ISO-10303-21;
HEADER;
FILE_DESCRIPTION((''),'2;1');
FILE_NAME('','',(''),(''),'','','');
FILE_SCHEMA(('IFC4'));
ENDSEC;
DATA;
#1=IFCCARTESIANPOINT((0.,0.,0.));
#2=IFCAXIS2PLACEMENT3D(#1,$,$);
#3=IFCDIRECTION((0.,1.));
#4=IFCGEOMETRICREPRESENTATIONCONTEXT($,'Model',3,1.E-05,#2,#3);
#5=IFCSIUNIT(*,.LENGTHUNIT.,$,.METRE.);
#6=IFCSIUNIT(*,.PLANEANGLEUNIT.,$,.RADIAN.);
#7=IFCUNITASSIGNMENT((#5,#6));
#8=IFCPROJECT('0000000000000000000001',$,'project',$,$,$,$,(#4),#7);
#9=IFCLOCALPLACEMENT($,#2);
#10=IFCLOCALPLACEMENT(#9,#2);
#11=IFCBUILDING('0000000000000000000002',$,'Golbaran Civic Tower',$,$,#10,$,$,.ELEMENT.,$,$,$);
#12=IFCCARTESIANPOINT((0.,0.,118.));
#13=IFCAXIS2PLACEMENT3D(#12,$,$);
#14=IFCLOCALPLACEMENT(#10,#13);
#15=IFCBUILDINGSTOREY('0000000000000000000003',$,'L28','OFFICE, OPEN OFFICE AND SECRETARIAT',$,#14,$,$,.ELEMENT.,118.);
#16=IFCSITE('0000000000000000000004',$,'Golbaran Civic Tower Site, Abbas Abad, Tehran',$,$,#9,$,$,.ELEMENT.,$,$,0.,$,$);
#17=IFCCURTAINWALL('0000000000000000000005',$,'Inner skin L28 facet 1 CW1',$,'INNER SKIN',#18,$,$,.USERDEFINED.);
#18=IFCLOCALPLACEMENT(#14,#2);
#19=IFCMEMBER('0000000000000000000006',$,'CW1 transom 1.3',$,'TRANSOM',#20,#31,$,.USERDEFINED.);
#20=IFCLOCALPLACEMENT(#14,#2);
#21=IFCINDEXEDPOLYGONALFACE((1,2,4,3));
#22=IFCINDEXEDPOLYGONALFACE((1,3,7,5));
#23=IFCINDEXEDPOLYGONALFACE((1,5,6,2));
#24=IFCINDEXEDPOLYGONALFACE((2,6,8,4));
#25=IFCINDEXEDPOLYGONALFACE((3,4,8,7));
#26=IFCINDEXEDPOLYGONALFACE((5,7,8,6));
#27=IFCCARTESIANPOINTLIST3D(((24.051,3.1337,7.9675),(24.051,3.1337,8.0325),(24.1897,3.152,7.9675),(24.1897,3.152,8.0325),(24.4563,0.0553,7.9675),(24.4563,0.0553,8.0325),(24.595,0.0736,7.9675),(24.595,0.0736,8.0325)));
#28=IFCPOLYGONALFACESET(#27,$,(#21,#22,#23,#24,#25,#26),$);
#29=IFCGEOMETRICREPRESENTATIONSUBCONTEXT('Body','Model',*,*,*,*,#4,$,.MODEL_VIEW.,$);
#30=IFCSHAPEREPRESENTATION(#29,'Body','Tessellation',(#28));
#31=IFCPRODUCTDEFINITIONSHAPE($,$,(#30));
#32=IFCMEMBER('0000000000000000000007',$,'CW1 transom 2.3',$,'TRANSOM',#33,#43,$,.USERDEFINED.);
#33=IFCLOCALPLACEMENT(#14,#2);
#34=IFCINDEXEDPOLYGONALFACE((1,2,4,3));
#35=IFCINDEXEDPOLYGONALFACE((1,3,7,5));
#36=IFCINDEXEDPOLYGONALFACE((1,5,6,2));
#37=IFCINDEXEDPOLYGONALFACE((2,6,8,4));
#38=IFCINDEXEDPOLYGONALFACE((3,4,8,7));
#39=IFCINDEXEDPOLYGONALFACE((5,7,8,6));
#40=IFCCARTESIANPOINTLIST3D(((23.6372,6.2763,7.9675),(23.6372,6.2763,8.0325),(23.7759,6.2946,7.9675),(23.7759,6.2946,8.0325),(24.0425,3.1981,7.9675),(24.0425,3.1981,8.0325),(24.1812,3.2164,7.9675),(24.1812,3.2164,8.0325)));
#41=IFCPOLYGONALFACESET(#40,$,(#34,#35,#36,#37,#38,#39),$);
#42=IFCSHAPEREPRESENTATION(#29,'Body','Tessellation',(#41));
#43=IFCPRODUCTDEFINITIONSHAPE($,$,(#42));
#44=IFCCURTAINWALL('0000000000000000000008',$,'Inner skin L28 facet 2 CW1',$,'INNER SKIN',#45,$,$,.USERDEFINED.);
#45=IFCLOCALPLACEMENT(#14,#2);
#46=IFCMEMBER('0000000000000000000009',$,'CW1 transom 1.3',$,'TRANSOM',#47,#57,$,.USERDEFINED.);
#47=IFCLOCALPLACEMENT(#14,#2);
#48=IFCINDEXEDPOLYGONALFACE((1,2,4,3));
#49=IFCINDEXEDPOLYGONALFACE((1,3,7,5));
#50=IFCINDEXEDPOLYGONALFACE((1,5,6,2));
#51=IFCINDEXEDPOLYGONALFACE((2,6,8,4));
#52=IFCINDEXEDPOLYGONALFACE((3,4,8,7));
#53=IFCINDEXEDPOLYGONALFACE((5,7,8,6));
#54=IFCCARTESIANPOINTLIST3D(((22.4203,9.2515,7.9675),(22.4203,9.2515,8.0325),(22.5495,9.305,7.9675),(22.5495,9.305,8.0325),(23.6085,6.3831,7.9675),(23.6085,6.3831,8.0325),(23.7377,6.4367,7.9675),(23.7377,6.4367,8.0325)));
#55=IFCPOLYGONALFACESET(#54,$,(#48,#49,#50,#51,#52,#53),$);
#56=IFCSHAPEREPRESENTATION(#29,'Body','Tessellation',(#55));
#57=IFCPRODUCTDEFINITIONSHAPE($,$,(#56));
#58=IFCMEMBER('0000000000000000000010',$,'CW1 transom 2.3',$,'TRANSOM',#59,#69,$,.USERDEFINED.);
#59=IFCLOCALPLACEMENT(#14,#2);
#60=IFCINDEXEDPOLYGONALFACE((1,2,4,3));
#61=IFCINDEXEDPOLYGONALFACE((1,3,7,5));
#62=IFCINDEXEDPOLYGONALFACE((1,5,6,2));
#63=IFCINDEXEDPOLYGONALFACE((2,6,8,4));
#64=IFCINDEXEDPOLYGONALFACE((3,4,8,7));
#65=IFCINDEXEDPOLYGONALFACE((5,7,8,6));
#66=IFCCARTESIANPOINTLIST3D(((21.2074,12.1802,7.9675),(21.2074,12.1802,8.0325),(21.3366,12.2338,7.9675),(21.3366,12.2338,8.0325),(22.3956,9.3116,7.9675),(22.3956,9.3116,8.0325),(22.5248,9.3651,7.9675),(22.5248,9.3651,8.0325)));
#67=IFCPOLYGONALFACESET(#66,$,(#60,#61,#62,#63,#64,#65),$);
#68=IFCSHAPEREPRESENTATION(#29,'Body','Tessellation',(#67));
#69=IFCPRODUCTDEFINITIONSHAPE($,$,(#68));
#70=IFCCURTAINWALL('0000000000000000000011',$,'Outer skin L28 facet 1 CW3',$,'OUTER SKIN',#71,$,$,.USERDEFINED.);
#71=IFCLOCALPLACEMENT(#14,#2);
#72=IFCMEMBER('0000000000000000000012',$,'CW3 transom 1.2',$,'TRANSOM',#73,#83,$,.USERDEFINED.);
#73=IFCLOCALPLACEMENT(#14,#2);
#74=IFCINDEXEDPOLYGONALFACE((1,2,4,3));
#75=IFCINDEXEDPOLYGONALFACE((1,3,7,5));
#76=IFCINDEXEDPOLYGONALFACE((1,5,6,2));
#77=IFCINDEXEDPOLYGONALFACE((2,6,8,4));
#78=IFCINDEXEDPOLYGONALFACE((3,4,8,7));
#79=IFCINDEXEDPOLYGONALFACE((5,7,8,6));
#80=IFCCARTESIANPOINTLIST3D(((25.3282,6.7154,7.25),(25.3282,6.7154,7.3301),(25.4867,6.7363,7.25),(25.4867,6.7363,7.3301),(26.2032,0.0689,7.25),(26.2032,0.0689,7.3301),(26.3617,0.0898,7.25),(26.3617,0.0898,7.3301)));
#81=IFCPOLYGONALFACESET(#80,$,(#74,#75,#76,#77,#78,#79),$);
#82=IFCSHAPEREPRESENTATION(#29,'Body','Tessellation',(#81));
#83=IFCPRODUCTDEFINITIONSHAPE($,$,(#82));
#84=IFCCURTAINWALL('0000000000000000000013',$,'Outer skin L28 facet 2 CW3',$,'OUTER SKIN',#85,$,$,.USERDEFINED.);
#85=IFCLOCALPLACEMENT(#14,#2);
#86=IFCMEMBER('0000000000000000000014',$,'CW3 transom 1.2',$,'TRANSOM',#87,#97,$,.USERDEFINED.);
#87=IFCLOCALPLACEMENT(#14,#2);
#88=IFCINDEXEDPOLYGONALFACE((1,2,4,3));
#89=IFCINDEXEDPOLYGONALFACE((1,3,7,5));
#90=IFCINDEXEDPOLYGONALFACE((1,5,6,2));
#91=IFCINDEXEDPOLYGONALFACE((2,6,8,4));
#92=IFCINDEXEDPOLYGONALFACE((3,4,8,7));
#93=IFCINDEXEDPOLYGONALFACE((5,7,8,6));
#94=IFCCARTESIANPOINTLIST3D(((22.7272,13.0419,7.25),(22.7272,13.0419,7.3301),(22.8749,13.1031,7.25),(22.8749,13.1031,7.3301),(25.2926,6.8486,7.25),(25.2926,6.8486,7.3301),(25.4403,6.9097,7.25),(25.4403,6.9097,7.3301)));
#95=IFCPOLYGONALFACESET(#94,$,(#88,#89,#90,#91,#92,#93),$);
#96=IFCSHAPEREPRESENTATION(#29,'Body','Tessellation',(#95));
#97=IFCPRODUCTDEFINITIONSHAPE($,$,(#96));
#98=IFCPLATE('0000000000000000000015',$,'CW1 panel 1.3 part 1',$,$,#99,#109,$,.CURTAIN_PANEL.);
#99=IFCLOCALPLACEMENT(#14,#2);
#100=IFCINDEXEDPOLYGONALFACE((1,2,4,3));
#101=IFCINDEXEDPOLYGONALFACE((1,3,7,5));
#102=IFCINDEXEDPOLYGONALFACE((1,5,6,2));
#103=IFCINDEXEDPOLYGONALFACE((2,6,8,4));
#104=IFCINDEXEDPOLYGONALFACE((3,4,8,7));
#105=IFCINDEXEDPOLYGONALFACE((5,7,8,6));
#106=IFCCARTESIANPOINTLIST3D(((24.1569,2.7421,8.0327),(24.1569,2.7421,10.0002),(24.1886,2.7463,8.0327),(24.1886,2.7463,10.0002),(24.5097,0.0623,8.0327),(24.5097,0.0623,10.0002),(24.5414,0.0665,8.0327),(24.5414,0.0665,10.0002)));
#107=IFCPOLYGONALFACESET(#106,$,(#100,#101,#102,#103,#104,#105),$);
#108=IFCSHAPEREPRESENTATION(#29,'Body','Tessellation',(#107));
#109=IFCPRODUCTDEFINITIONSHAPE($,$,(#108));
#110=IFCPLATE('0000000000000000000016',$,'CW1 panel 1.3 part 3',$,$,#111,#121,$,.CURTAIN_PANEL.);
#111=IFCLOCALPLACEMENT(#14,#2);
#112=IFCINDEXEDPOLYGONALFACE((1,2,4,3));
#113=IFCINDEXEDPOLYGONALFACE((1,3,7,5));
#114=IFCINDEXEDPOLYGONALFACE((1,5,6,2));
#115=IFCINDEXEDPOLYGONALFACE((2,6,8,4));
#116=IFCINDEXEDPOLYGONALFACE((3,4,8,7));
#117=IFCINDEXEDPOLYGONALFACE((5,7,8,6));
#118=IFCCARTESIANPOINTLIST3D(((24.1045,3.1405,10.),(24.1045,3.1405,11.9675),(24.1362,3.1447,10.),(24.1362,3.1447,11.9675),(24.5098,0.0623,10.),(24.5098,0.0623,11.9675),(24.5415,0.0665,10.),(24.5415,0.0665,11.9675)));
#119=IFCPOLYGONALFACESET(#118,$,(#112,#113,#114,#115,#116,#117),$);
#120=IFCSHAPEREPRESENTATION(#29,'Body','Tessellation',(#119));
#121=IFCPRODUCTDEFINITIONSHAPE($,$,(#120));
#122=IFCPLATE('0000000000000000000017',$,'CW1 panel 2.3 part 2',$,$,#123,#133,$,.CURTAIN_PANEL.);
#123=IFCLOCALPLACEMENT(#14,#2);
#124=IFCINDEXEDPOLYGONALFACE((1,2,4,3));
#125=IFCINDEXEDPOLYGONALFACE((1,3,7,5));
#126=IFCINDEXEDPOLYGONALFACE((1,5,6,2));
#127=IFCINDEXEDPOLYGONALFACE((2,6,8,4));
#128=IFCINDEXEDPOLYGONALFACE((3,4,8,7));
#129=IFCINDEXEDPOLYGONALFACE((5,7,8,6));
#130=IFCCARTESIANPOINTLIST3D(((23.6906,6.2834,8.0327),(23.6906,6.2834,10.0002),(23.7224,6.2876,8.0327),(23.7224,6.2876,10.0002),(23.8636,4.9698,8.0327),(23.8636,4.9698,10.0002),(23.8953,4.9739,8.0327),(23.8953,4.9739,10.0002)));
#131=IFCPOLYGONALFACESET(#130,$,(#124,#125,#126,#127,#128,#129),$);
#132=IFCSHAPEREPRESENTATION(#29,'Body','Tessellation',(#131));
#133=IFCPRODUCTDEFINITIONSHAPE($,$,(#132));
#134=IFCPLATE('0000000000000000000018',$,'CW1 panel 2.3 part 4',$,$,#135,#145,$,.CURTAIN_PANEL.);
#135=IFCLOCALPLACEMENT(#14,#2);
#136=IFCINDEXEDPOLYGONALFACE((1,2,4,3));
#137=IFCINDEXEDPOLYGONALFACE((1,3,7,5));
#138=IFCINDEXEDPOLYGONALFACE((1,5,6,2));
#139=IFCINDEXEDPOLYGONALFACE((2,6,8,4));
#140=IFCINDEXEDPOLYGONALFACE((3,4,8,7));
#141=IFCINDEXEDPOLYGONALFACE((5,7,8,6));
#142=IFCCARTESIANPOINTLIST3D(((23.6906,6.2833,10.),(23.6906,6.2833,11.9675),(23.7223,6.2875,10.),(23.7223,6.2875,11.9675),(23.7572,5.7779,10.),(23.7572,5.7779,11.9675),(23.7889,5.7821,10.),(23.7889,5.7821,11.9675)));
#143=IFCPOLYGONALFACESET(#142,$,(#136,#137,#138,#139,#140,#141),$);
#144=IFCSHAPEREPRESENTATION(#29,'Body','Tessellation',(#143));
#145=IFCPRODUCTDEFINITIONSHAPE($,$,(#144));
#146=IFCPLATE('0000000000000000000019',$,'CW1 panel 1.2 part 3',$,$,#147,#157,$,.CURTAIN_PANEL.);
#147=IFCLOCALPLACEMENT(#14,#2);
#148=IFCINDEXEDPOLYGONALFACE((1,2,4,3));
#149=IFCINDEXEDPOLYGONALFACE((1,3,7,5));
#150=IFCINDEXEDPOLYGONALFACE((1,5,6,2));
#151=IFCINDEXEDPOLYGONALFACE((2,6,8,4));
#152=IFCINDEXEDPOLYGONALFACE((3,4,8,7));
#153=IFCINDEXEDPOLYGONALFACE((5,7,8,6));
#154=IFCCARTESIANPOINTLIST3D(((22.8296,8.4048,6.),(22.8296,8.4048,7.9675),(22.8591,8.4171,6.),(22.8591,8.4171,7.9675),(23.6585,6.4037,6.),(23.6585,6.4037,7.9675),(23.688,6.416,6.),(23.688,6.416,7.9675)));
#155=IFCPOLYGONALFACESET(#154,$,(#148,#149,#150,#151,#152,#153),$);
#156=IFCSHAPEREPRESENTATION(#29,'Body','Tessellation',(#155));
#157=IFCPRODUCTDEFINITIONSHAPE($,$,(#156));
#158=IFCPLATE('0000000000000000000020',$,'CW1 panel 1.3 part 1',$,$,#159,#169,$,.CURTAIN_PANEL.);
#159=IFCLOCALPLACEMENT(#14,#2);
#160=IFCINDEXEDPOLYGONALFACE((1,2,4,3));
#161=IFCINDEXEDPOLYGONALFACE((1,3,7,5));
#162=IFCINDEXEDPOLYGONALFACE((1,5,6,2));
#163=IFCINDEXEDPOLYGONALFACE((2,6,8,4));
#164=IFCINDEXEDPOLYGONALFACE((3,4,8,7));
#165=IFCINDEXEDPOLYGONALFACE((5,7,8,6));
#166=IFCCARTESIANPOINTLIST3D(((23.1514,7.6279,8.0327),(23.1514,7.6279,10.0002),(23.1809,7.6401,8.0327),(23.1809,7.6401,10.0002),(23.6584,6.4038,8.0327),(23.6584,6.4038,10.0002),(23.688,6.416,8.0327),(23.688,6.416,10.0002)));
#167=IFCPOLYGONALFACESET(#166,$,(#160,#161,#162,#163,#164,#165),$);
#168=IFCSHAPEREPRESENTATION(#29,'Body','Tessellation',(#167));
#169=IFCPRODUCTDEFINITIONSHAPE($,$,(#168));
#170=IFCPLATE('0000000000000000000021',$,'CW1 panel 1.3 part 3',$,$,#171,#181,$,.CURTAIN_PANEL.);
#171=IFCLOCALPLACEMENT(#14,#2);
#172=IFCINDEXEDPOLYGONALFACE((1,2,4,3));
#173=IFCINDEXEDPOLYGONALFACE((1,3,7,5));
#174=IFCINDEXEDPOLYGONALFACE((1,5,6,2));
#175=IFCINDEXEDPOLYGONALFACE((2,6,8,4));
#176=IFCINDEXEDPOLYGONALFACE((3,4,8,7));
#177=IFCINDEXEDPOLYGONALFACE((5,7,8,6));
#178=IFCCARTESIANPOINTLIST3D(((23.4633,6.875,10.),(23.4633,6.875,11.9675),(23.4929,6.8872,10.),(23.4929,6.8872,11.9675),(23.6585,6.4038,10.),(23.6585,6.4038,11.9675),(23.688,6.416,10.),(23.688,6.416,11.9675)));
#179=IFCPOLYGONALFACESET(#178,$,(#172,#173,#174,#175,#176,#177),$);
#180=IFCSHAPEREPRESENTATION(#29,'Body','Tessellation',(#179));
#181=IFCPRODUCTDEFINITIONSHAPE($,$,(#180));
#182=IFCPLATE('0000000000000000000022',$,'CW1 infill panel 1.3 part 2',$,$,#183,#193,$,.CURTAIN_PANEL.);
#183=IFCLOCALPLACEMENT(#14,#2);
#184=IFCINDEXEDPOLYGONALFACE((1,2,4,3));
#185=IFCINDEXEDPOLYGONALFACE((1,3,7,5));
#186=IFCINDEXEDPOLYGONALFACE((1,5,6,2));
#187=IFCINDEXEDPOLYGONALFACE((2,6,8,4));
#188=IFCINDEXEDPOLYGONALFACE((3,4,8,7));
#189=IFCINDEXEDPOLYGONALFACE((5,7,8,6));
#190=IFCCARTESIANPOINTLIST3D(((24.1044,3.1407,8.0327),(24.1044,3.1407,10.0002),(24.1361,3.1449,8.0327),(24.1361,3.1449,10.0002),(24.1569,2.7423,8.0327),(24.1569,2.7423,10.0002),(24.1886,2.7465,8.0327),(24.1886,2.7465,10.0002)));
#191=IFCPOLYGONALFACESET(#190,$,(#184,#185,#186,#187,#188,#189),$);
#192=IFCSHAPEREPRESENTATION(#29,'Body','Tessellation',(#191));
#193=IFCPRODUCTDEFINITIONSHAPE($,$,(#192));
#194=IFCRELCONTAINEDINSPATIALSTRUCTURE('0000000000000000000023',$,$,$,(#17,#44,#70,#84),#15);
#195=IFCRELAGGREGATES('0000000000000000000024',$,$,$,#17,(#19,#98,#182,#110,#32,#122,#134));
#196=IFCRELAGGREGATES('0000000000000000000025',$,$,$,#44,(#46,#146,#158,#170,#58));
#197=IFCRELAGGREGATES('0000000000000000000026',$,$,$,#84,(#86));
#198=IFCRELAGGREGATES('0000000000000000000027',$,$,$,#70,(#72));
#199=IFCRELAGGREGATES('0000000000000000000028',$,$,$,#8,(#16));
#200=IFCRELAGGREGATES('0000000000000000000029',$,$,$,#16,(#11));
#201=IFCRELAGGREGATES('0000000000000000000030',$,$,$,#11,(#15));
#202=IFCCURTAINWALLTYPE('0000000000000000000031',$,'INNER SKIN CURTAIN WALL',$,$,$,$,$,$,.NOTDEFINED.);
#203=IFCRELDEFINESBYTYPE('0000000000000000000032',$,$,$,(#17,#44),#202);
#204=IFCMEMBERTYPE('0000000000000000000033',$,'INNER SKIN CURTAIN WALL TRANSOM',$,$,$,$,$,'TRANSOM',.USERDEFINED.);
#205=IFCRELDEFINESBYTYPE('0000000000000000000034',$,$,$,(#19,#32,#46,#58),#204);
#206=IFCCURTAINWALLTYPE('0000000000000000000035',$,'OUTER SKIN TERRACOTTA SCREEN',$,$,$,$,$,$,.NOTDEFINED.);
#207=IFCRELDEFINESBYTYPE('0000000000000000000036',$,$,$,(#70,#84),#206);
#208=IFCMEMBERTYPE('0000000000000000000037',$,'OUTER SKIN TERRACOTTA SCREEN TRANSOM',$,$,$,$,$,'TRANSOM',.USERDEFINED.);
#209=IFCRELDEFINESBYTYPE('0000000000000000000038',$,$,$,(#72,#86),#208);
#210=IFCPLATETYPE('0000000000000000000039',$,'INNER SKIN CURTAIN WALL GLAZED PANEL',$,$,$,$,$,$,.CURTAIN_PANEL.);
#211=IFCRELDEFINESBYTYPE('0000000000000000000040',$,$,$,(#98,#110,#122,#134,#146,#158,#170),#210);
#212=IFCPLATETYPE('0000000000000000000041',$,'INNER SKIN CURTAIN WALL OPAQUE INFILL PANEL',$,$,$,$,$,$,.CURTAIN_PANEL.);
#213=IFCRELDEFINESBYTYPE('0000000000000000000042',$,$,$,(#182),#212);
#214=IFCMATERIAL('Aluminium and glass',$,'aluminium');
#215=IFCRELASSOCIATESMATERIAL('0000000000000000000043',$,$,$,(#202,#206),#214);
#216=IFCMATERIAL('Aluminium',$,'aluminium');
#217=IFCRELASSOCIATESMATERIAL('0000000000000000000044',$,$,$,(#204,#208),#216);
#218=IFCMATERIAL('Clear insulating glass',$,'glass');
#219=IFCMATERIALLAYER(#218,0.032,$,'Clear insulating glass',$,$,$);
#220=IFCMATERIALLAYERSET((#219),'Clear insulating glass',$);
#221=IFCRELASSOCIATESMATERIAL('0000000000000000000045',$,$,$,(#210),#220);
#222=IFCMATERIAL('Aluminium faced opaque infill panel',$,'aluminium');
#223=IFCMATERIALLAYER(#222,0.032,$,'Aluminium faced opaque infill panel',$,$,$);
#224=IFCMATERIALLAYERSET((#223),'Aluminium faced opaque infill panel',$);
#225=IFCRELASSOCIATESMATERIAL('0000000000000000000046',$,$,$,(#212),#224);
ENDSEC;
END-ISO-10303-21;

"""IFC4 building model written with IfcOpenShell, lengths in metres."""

from ifc_helpers import new_model, si_unit, direction, frame, origin, origin_2d, place, context, subcontext, project, spatial, rectangle, extrude, material, layer, layer_set, material_profile, profile_set, type_object, element, aggregate, save


model = new_model("IFC4")

# Units and contexts
model_context = context("Model", 3, precision=1e-05, world=origin(), true_north=direction((0.0, 1.0)))
body_context = subcontext(model_context, "Body", "Model", "MODEL_VIEW")
ifc_project = project(units=[si_unit("LENGTHUNIT", "METRE"), si_unit("PLANEANGLEUNIT", "RADIAN")], contexts=[model_context])

# Site, building, storey
site_placement = place(None, origin())
site = spatial("IfcSite", under=ifc_project, at=site_placement, Name="Golbaran Civic Tower Site, Abbas Abad, Tehran", CompositionType="ELEMENT", RefElevation=0.0)
building_placement = place(site_placement, origin())
building = spatial("IfcBuilding", under=site, at=building_placement, Name="Golbaran Civic Tower", CompositionType="ELEMENT")
storey_placement = place(building_placement, frame((0.0, 0.0, 118.0)))
storey = spatial("IfcBuildingStorey", under=building, at=storey_placement, Name="L28", Description="OFFICE, OPEN OFFICE AND SECRETARIAT", CompositionType="ELEMENT", Elevation=118.0)

# Curtain walls, members
ifc_material_1 = material(Name="Aluminium and glass", Category="aluminium")
curtain_wall_type_1 = type_object("IfcCurtainWallType", Name="INNER SKIN CURTAIN WALL", PredefinedType="NOTDEFINED", material=ifc_material_1)
curtain_wall_1_placement = place(storey_placement, origin())
curtain_wall_1 = element("IfcCurtainWall", 1, at=curtain_wall_1_placement, inside=storey, type_object=curtain_wall_type_1, Name="Inner skin L28 facet 1 CW1", ObjectType="INNER SKIN", PredefinedType="USERDEFINED")
ifc_material_2 = material(Name="Aluminium", Category="aluminium")
ifc_material_profile_1 = material_profile(ifc_material_2, rectangle(XDim=0.1399, YDim=0.0649, at=origin_2d()), Name="INNER SKIN CURTAIN WALL TRANSOM")
ifc_profile_set_1 = profile_set([ifc_material_profile_1], Name="Aluminium")
member_type_1 = type_object("IfcMemberType", Name="INNER SKIN CURTAIN WALL TRANSOM", ElementType="TRANSOM", PredefinedType="USERDEFINED", material=ifc_profile_set_1)
member_1_placement = place(storey_placement, frame((24.5256, 0.0645, 8.0), z_axis=(-0.130526, 0.991445, 0.0), x_axis=(-0.991445, -0.130526, 0.0)))
member_1 = element("IfcMember", 2, at=member_1_placement, type_object=member_type_1, Name="CW1 transom 1.3", ObjectType="TRANSOM", PredefinedType="USERDEFINED", context=body_context, shape_type="SweptSolid", body=[
    extrude(rectangle(XDim=0.1399, YDim=0.0649, at=origin_2d()), origin(), (0.0, 0.0, 1.0), 3.105),
])
member_2_placement = place(storey_placement, frame((24.1118, 3.2073, 8.0), z_axis=(-0.130536, 0.991444, 0.0), x_axis=(-0.991444, -0.130536, 0.0)))
member_2 = element("IfcMember", 3, at=member_2_placement, type_object=member_type_1, Name="CW1 transom 2.3", ObjectType="TRANSOM", PredefinedType="USERDEFINED", context=body_context, shape_type="SweptSolid", body=[
    extrude(rectangle(XDim=0.1399, YDim=0.0649, at=origin_2d()), origin(), (0.0, 0.0, 1.0), 3.1047),
])
curtain_wall_2_placement = place(storey_placement, origin())
curtain_wall_2 = element("IfcCurtainWall", 4, at=curtain_wall_2_placement, inside=storey, type_object=curtain_wall_type_1, Name="Inner skin L28 facet 2 CW1", ObjectType="INNER SKIN", PredefinedType="USERDEFINED")
member_3_placement = place(storey_placement, frame((23.6731, 6.4099, 8.0), z_axis=(-0.382711, 0.923868, 0.0), x_axis=(-0.923868, -0.382711, 0.0)))
member_3 = element("IfcMember", 5, at=member_3_placement, type_object=member_type_1, Name="CW1 transom 1.3", ObjectType="TRANSOM", PredefinedType="USERDEFINED", context=body_context, shape_type="SweptSolid", body=[
    extrude(rectangle(XDim=0.1399, YDim=0.0649, at=origin_2d()), origin(), (0.0, 0.0, 1.0), 3.1047),
])
member_4_placement = place(storey_placement, frame((22.4602, 9.3384, 8.0), z_axis=(-0.382683, 0.92388, 0.0), x_axis=(-0.92388, -0.382683, 0.0)))
member_4 = element("IfcMember", 6, at=member_4_placement, type_object=member_type_1, Name="CW1 transom 2.3", ObjectType="TRANSOM", PredefinedType="USERDEFINED", context=body_context, shape_type="SweptSolid", body=[
    extrude(rectangle(XDim=0.1399, YDim=0.0649, at=origin_2d()), origin(), (0.0, 0.0, 1.0), 3.105),
])

# Curtain walls, members
curtain_wall_type_2 = type_object("IfcCurtainWallType", Name="OUTER SKIN TERRACOTTA SCREEN", PredefinedType="NOTDEFINED", material=ifc_material_1)
curtain_wall_3_placement = place(storey_placement, origin())
curtain_wall_3 = element("IfcCurtainWall", 7, at=curtain_wall_3_placement, inside=storey, type_object=curtain_wall_type_2, Name="Outer skin L28 facet 1 CW3", ObjectType="OUTER SKIN", PredefinedType="USERDEFINED")
ifc_material_profile_2 = material_profile(ifc_material_2, rectangle(XDim=0.1599, YDim=0.0801, at=origin_2d()), Name="OUTER SKIN TERRACOTTA SCREEN TRANSOM")
ifc_profile_set_2 = profile_set([ifc_material_profile_2], Name="Aluminium")
member_type_2 = type_object("IfcMemberType", Name="OUTER SKIN TERRACOTTA SCREEN TRANSOM", ElementType="TRANSOM", PredefinedType="USERDEFINED", material=ifc_profile_set_2)
member_5_placement = place(storey_placement, frame((26.2825, 0.0793, 7.29), z_axis=(-0.130522, 0.991445, 0.0), x_axis=(-0.991445, -0.130522, 0.0)))
member_5 = element("IfcMember", 8, at=member_5_placement, type_object=member_type_2, Name="CW3 transom 1.2", ObjectType="TRANSOM", PredefinedType="USERDEFINED", context=body_context, shape_type="SweptSolid", body=[
    extrude(rectangle(XDim=0.1599, YDim=0.0801, at=origin_2d()), origin(), (0.0, 0.0, 1.0), 6.7039),
])
curtain_wall_4_placement = place(storey_placement, origin())
curtain_wall_4 = element("IfcCurtainWall", 9, at=curtain_wall_4_placement, inside=storey, type_object=curtain_wall_type_2, Name="Outer skin L28 facet 2 CW3", ObjectType="OUTER SKIN", PredefinedType="USERDEFINED")
member_6_placement = place(storey_placement, frame((25.3665, 6.8792, 7.29), z_axis=(-0.382691, 0.923877, 0.0), x_axis=(-0.923877, -0.382691, 0.0)))
member_6 = element("IfcMember", 10, at=member_6_placement, type_object=member_type_2, Name="CW3 transom 1.2", ObjectType="TRANSOM", PredefinedType="USERDEFINED", context=body_context, shape_type="SweptSolid", body=[
    extrude(rectangle(XDim=0.1599, YDim=0.0801, at=origin_2d()), origin(), (0.0, 0.0, 1.0), 6.7036),
])

# Plates
ifc_material_3 = material(Name="Clear insulating glass", Category="glass")
ifc_layer_1 = layer(ifc_material_3, 0.032, Name="Clear insulating glass")
ifc_layer_set_1 = layer_set([ifc_layer_1], Name="Clear insulating glass")
plate_type_1 = type_object("IfcPlateType", Name="INNER SKIN CURTAIN WALL GLAZED PANEL", PredefinedType="CURTAIN_PANEL", material=ifc_layer_set_1)
plate_1_placement = place(storey_placement, frame((24.3491, 1.4043, 8.0327), z_axis=(0.0, 0.0, 1.0), x_axis=(-0.130526, 0.991445, 0.0)))
plate_1 = element("IfcPlate", 11, at=plate_1_placement, type_object=plate_type_1, Name="CW1 panel 1.3 part 1", PredefinedType="CURTAIN_PANEL", context=body_context, shape_type="SweptSolid", body=[
    extrude(rectangle(XDim=2.7029, YDim=0.032, at=origin_2d()), origin(), (0.0, 0.0, 1.0), 1.9675),
])
plate_2_placement = place(storey_placement, frame((24.323, 1.6035, 10.0), z_axis=(0.0, 0.0, 1.0), x_axis=(-0.130526, 0.991445, 0.0)))
plate_2 = element("IfcPlate", 12, at=plate_2_placement, type_object=plate_type_1, Name="CW1 panel 1.3 part 3", PredefinedType="CURTAIN_PANEL", context=body_context, shape_type="SweptSolid", body=[
    extrude(rectangle(XDim=3.1047, YDim=0.032, at=origin_2d()), origin(), (0.0, 0.0, 1.0), 1.9675),
])
plate_3_placement = place(storey_placement, frame((23.793, 5.6287, 8.0327), z_axis=(0.0, 0.0, 1.0), x_axis=(-0.130526, 0.991445, 0.0)))
plate_3 = element("IfcPlate", 13, at=plate_3_placement, type_object=plate_type_1, Name="CW1 panel 2.3 part 2", PredefinedType="CURTAIN_PANEL", context=body_context, shape_type="SweptSolid", body=[
    extrude(rectangle(XDim=1.325, YDim=0.032, at=origin_2d()), origin(), (0.0, 0.0, 1.0), 1.9675),
])
plate_4_placement = place(storey_placement, frame((23.7397, 6.0327, 10.0), z_axis=(0.0, 0.0, 1.0), x_axis=(-0.130526, 0.991445, 0.0)))
plate_4 = element("IfcPlate", 14, at=plate_4_placement, type_object=plate_type_1, Name="CW1 panel 2.3 part 4", PredefinedType="CURTAIN_PANEL", context=body_context, shape_type="SweptSolid", body=[
    extrude(rectangle(XDim=0.5098, YDim=0.032, at=origin_2d()), origin(), (0.0, 0.0, 1.0), 1.9675),
])
plate_5_placement = place(storey_placement, frame((23.2588, 7.4104, 6.0), z_axis=(0.0, 0.0, 1.0), x_axis=(-0.382683, 0.92388, 0.0)))
plate_5 = element("IfcPlate", 15, at=plate_5_placement, type_object=plate_type_1, Name="CW1 panel 1.2 part 3", PredefinedType="CURTAIN_PANEL", context=body_context, shape_type="SweptSolid", body=[
    extrude(rectangle(XDim=2.166, YDim=0.032, at=origin_2d()), origin(), (0.0, 0.0, 1.0), 1.9675),
])
plate_6_placement = place(storey_placement, frame((23.4197, 7.022, 8.0327), z_axis=(0.0, 0.0, 1.0), x_axis=(-0.382683, 0.92388, 0.0)))
plate_6 = element("IfcPlate", 16, at=plate_6_placement, type_object=plate_type_1, Name="CW1 panel 1.3 part 1", PredefinedType="CURTAIN_PANEL", context=body_context, shape_type="SweptSolid", body=[
    extrude(rectangle(XDim=1.325, YDim=0.032, at=origin_2d()), origin(), (0.0, 0.0, 1.0), 1.9675),
])
plate_7_placement = place(storey_placement, frame((23.5757, 6.6455, 10.0), z_axis=(0.0, 0.0, 1.0), x_axis=(-0.382683, 0.92388, 0.0)))
plate_7 = element("IfcPlate", 17, at=plate_7_placement, type_object=plate_type_1, Name="CW1 panel 1.3 part 3", PredefinedType="CURTAIN_PANEL", context=body_context, shape_type="SweptSolid", body=[
    extrude(rectangle(XDim=0.51, YDim=0.032, at=origin_2d()), origin(), (0.0, 0.0, 1.0), 1.9675),
])
ifc_material_4 = material(Name="Aluminium faced opaque infill panel", Category="aluminium")
ifc_layer_2 = layer(ifc_material_4, 0.032, Name="Aluminium faced opaque infill panel")
ifc_layer_set_2 = layer_set([ifc_layer_2], Name="Aluminium faced opaque infill panel")
plate_type_2 = type_object("IfcPlateType", Name="INNER SKIN CURTAIN WALL OPAQUE INFILL PANEL", PredefinedType="CURTAIN_PANEL", material=ifc_layer_set_2)
plate_8_placement = place(storey_placement, frame((24.1465, 2.9436, 8.0327), z_axis=(0.0, 0.0, 1.0), x_axis=(-0.130526, 0.991445, 0.0)))
plate_8 = element("IfcPlate", 18, at=plate_8_placement, type_object=plate_type_2, Name="CW1 infill panel 1.3 part 2", PredefinedType="CURTAIN_PANEL", context=body_context, shape_type="SweptSolid", body=[
    extrude(rectangle(XDim=0.4019, YDim=0.032, at=origin_2d()), origin(), (0.0, 0.0, 1.0), 1.9675),
])
aggregate(curtain_wall_1, [member_1, plate_1, plate_8, plate_2, member_2, plate_3, plate_4])
aggregate(curtain_wall_2, [member_3, plate_5, plate_6, plate_7, member_4])
aggregate(curtain_wall_4, [member_6])
aggregate(curtain_wall_3, [member_5])

save(model, "model.ifc")
